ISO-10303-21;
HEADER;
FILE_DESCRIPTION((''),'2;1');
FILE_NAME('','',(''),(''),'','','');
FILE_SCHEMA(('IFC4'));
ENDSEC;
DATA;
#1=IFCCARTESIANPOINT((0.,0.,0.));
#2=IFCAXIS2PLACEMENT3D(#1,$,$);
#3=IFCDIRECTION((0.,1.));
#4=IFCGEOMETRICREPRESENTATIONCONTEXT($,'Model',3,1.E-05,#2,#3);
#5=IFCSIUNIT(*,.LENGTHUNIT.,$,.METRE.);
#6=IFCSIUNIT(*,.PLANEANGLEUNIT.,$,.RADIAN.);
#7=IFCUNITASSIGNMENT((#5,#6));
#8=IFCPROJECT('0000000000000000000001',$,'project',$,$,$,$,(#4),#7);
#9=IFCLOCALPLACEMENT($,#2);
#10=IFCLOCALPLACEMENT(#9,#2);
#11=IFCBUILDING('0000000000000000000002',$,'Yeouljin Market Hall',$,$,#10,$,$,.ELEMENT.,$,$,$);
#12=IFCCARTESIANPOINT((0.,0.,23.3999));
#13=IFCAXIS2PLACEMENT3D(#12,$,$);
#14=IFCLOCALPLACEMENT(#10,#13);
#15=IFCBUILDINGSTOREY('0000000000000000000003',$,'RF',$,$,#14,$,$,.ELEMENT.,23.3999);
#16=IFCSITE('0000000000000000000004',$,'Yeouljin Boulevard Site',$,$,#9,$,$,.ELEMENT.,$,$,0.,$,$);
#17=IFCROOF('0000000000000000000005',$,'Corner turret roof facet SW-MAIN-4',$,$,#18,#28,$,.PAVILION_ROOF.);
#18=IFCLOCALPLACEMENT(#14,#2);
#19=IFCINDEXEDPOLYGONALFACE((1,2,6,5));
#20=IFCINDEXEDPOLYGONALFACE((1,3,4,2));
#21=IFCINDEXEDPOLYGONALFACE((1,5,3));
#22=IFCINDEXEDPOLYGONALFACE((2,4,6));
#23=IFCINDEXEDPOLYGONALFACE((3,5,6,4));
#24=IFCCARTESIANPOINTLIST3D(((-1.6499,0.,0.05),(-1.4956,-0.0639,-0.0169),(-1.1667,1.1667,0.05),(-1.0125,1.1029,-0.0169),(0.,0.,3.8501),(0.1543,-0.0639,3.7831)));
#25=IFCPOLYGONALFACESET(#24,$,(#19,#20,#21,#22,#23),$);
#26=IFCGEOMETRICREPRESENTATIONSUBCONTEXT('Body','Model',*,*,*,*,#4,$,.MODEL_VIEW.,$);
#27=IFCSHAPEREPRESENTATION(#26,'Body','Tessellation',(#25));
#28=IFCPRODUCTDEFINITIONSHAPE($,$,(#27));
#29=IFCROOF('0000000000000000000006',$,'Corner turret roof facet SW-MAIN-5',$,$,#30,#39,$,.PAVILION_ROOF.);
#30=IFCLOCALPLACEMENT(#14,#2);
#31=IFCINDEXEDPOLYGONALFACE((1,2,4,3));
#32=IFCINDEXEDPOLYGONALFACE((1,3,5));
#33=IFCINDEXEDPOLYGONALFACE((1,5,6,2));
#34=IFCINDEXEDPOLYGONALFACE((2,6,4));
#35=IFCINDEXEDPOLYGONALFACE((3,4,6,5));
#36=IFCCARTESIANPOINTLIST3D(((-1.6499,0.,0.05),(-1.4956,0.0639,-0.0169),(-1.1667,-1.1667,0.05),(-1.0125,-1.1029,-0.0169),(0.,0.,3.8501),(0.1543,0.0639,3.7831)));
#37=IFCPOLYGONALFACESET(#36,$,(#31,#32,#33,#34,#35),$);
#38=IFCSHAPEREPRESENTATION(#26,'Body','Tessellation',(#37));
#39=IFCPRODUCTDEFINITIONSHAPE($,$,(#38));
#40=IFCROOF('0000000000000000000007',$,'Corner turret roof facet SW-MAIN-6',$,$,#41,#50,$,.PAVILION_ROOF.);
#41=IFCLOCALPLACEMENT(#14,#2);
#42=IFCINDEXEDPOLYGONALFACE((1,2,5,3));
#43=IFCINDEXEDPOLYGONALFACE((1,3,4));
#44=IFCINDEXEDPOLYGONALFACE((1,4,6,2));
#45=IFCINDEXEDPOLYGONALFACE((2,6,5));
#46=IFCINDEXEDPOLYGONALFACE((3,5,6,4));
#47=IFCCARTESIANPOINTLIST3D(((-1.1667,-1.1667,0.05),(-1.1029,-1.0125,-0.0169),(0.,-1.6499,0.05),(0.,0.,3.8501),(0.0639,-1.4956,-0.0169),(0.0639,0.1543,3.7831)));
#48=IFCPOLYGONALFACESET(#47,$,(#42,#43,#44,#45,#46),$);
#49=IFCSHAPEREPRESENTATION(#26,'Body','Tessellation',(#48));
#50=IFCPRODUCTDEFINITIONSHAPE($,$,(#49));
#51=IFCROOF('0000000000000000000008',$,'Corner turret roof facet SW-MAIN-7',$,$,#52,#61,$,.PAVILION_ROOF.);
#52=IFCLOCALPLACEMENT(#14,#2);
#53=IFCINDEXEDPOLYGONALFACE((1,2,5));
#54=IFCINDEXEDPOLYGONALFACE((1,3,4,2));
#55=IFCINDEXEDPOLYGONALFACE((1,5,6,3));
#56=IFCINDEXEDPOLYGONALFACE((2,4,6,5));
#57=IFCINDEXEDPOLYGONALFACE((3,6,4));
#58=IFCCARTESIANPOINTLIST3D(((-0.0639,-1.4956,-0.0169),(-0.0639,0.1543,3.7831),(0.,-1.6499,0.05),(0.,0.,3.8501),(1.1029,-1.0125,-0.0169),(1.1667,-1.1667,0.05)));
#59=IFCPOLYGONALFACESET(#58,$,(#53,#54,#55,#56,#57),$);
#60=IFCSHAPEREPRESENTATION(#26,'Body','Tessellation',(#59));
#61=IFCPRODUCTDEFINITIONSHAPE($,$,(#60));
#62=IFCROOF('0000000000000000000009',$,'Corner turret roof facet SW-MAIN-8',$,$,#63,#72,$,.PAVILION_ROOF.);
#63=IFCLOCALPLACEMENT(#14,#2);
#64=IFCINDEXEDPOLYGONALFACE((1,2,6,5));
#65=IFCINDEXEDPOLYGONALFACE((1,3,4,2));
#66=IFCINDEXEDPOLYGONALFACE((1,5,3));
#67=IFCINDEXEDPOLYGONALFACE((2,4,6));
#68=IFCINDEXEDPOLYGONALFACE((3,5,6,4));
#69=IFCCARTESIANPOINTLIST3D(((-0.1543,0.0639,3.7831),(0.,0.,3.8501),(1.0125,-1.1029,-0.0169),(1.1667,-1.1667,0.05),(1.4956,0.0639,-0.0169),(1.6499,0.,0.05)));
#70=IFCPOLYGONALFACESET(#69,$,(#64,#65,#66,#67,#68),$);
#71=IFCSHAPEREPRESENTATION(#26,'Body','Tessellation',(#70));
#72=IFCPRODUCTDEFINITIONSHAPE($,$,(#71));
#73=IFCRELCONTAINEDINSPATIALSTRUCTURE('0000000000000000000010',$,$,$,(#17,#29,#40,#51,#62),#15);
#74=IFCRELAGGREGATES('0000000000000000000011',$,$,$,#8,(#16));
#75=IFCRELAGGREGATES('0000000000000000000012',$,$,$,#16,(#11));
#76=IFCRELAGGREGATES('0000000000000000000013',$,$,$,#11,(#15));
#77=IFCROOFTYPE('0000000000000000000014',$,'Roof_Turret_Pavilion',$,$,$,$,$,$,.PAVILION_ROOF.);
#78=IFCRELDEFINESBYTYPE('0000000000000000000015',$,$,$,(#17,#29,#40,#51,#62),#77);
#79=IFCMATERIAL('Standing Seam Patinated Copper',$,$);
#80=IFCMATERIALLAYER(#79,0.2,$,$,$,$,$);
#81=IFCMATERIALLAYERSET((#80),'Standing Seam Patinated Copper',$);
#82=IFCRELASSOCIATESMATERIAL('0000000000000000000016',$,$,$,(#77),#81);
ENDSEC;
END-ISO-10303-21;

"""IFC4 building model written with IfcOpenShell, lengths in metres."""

from ifc_helpers import new_model, si_unit, direction, frame, origin, place, context, subcontext, project, spatial, polyline, outline, extrude, material, layer, layer_set, type_object, element, save


model = new_model("IFC4")

# Units and contexts
model_context = context("Model", 3, precision=1e-05, world=origin(), true_north=direction((0.0, 1.0)))
body_context = subcontext(model_context, "Body", "Model", "MODEL_VIEW")
ifc_project = project(units=[si_unit("LENGTHUNIT", "METRE"), si_unit("PLANEANGLEUNIT", "RADIAN")], contexts=[model_context])

# Site, building, storey
site_placement = place(None, origin())
site = spatial("IfcSite", under=ifc_project, at=site_placement, Name="Yeouljin Boulevard Site", CompositionType="ELEMENT", RefElevation=0.0)
building_placement = place(site_placement, origin())
building = spatial("IfcBuilding", under=site, at=building_placement, Name="Yeouljin Market Hall", CompositionType="ELEMENT")
storey_placement = place(building_placement, frame((0.0, 0.0, 23.3999)))
storey = spatial("IfcBuildingStorey", under=building, at=storey_placement, Name="RF", CompositionType="ELEMENT", Elevation=23.3999)

# Roofs
ifc_material_1 = material(Name="Standing Seam Patinated Copper")
ifc_layer_1 = layer(ifc_material_1, 0.2)
ifc_layer_set_1 = layer_set([ifc_layer_1], Name="Standing Seam Patinated Copper")
roof_type_1 = type_object("IfcRoofType", Name="Roof_Turret_Pavilion", PredefinedType="PAVILION_ROOF", material=ifc_layer_set_1)
roof_1_placement = place(storey_placement, frame((0.0, 0.0, 3.8501), z_axis=(-0.857495, 0.355092, 0.372307), x_axis=(-0.281631, 0.281631, -0.917261)))
element("IfcRoof", 1, at=roof_1_placement, inside=storey, type_object=roof_type_1, Name="Corner turret roof facet SW-MAIN-4", PredefinedType="PAVILION_ROOF", context=body_context, shape_type="SweptSolid", body=[
    extrude(outline(polyline([(0.0, 0.0), (4.1428, 0.0), (3.9503, 1.2481), (0.0, 0.0)])), origin(), (0.0, 0.0, -1.0), 0.1799),
])
roof_2_placement = place(storey_placement, frame((0.0, 0.0, 3.8501), z_axis=(-0.857495, -0.355092, 0.372307), x_axis=(-0.398261, 0.0, -0.917272)))
element("IfcRoof", 2, at=roof_2_placement, inside=storey, type_object=roof_type_1, Name="Corner turret roof facet SW-MAIN-5", PredefinedType="PAVILION_ROOF", context=body_context, shape_type="SweptSolid", body=[
    extrude(outline(polyline([(0.0, 0.0), (4.1428, 0.0), (3.9503, 1.2481), (0.0, 0.0)])), origin(), (0.0, 0.0, -1.0), 0.1799),
])
roof_3_placement = place(storey_placement, frame((0.0, 0.0, 3.8501), z_axis=(-0.355092, -0.857495, 0.372307), x_axis=(-0.281631, -0.281631, -0.917261)))
element("IfcRoof", 3, at=roof_3_placement, inside=storey, type_object=roof_type_1, Name="Corner turret roof facet SW-MAIN-6", PredefinedType="PAVILION_ROOF", context=body_context, shape_type="SweptSolid", body=[
    extrude(outline(polyline([(0.0, 0.0), (4.1428, 0.0), (3.9503, 1.2481), (0.0, 0.0)])), origin(), (0.0, 0.0, -1.0), 0.1799),
])
roof_4_placement = place(storey_placement, frame((0.0, 0.0, 3.8501), z_axis=(0.355092, -0.857495, 0.372307), x_axis=(0.0, -0.398261, -0.917272)))
element("IfcRoof", 4, at=roof_4_placement, inside=storey, type_object=roof_type_1, Name="Corner turret roof facet SW-MAIN-7", PredefinedType="PAVILION_ROOF", context=body_context, shape_type="SweptSolid", body=[
    extrude(outline(polyline([(0.0, 0.0), (4.1428, 0.0), (3.9503, 1.2481), (0.0, 0.0)])), origin(), (0.0, 0.0, -1.0), 0.1799),
])
roof_5_placement = place(storey_placement, frame((0.0, 0.0, 3.8501), z_axis=(0.857495, -0.355092, 0.372307), x_axis=(0.281631, -0.281631, -0.917261)))
element("IfcRoof", 5, at=roof_5_placement, inside=storey, type_object=roof_type_1, Name="Corner turret roof facet SW-MAIN-8", PredefinedType="PAVILION_ROOF", context=body_context, shape_type="SweptSolid", body=[
    extrude(outline(polyline([(0.0, 0.0), (4.1428, 0.0), (3.9503, 1.2481), (0.0, 0.0)])), origin(), (0.0, 0.0, -1.0), 0.1799),
])

save(model, "model.ifc")
